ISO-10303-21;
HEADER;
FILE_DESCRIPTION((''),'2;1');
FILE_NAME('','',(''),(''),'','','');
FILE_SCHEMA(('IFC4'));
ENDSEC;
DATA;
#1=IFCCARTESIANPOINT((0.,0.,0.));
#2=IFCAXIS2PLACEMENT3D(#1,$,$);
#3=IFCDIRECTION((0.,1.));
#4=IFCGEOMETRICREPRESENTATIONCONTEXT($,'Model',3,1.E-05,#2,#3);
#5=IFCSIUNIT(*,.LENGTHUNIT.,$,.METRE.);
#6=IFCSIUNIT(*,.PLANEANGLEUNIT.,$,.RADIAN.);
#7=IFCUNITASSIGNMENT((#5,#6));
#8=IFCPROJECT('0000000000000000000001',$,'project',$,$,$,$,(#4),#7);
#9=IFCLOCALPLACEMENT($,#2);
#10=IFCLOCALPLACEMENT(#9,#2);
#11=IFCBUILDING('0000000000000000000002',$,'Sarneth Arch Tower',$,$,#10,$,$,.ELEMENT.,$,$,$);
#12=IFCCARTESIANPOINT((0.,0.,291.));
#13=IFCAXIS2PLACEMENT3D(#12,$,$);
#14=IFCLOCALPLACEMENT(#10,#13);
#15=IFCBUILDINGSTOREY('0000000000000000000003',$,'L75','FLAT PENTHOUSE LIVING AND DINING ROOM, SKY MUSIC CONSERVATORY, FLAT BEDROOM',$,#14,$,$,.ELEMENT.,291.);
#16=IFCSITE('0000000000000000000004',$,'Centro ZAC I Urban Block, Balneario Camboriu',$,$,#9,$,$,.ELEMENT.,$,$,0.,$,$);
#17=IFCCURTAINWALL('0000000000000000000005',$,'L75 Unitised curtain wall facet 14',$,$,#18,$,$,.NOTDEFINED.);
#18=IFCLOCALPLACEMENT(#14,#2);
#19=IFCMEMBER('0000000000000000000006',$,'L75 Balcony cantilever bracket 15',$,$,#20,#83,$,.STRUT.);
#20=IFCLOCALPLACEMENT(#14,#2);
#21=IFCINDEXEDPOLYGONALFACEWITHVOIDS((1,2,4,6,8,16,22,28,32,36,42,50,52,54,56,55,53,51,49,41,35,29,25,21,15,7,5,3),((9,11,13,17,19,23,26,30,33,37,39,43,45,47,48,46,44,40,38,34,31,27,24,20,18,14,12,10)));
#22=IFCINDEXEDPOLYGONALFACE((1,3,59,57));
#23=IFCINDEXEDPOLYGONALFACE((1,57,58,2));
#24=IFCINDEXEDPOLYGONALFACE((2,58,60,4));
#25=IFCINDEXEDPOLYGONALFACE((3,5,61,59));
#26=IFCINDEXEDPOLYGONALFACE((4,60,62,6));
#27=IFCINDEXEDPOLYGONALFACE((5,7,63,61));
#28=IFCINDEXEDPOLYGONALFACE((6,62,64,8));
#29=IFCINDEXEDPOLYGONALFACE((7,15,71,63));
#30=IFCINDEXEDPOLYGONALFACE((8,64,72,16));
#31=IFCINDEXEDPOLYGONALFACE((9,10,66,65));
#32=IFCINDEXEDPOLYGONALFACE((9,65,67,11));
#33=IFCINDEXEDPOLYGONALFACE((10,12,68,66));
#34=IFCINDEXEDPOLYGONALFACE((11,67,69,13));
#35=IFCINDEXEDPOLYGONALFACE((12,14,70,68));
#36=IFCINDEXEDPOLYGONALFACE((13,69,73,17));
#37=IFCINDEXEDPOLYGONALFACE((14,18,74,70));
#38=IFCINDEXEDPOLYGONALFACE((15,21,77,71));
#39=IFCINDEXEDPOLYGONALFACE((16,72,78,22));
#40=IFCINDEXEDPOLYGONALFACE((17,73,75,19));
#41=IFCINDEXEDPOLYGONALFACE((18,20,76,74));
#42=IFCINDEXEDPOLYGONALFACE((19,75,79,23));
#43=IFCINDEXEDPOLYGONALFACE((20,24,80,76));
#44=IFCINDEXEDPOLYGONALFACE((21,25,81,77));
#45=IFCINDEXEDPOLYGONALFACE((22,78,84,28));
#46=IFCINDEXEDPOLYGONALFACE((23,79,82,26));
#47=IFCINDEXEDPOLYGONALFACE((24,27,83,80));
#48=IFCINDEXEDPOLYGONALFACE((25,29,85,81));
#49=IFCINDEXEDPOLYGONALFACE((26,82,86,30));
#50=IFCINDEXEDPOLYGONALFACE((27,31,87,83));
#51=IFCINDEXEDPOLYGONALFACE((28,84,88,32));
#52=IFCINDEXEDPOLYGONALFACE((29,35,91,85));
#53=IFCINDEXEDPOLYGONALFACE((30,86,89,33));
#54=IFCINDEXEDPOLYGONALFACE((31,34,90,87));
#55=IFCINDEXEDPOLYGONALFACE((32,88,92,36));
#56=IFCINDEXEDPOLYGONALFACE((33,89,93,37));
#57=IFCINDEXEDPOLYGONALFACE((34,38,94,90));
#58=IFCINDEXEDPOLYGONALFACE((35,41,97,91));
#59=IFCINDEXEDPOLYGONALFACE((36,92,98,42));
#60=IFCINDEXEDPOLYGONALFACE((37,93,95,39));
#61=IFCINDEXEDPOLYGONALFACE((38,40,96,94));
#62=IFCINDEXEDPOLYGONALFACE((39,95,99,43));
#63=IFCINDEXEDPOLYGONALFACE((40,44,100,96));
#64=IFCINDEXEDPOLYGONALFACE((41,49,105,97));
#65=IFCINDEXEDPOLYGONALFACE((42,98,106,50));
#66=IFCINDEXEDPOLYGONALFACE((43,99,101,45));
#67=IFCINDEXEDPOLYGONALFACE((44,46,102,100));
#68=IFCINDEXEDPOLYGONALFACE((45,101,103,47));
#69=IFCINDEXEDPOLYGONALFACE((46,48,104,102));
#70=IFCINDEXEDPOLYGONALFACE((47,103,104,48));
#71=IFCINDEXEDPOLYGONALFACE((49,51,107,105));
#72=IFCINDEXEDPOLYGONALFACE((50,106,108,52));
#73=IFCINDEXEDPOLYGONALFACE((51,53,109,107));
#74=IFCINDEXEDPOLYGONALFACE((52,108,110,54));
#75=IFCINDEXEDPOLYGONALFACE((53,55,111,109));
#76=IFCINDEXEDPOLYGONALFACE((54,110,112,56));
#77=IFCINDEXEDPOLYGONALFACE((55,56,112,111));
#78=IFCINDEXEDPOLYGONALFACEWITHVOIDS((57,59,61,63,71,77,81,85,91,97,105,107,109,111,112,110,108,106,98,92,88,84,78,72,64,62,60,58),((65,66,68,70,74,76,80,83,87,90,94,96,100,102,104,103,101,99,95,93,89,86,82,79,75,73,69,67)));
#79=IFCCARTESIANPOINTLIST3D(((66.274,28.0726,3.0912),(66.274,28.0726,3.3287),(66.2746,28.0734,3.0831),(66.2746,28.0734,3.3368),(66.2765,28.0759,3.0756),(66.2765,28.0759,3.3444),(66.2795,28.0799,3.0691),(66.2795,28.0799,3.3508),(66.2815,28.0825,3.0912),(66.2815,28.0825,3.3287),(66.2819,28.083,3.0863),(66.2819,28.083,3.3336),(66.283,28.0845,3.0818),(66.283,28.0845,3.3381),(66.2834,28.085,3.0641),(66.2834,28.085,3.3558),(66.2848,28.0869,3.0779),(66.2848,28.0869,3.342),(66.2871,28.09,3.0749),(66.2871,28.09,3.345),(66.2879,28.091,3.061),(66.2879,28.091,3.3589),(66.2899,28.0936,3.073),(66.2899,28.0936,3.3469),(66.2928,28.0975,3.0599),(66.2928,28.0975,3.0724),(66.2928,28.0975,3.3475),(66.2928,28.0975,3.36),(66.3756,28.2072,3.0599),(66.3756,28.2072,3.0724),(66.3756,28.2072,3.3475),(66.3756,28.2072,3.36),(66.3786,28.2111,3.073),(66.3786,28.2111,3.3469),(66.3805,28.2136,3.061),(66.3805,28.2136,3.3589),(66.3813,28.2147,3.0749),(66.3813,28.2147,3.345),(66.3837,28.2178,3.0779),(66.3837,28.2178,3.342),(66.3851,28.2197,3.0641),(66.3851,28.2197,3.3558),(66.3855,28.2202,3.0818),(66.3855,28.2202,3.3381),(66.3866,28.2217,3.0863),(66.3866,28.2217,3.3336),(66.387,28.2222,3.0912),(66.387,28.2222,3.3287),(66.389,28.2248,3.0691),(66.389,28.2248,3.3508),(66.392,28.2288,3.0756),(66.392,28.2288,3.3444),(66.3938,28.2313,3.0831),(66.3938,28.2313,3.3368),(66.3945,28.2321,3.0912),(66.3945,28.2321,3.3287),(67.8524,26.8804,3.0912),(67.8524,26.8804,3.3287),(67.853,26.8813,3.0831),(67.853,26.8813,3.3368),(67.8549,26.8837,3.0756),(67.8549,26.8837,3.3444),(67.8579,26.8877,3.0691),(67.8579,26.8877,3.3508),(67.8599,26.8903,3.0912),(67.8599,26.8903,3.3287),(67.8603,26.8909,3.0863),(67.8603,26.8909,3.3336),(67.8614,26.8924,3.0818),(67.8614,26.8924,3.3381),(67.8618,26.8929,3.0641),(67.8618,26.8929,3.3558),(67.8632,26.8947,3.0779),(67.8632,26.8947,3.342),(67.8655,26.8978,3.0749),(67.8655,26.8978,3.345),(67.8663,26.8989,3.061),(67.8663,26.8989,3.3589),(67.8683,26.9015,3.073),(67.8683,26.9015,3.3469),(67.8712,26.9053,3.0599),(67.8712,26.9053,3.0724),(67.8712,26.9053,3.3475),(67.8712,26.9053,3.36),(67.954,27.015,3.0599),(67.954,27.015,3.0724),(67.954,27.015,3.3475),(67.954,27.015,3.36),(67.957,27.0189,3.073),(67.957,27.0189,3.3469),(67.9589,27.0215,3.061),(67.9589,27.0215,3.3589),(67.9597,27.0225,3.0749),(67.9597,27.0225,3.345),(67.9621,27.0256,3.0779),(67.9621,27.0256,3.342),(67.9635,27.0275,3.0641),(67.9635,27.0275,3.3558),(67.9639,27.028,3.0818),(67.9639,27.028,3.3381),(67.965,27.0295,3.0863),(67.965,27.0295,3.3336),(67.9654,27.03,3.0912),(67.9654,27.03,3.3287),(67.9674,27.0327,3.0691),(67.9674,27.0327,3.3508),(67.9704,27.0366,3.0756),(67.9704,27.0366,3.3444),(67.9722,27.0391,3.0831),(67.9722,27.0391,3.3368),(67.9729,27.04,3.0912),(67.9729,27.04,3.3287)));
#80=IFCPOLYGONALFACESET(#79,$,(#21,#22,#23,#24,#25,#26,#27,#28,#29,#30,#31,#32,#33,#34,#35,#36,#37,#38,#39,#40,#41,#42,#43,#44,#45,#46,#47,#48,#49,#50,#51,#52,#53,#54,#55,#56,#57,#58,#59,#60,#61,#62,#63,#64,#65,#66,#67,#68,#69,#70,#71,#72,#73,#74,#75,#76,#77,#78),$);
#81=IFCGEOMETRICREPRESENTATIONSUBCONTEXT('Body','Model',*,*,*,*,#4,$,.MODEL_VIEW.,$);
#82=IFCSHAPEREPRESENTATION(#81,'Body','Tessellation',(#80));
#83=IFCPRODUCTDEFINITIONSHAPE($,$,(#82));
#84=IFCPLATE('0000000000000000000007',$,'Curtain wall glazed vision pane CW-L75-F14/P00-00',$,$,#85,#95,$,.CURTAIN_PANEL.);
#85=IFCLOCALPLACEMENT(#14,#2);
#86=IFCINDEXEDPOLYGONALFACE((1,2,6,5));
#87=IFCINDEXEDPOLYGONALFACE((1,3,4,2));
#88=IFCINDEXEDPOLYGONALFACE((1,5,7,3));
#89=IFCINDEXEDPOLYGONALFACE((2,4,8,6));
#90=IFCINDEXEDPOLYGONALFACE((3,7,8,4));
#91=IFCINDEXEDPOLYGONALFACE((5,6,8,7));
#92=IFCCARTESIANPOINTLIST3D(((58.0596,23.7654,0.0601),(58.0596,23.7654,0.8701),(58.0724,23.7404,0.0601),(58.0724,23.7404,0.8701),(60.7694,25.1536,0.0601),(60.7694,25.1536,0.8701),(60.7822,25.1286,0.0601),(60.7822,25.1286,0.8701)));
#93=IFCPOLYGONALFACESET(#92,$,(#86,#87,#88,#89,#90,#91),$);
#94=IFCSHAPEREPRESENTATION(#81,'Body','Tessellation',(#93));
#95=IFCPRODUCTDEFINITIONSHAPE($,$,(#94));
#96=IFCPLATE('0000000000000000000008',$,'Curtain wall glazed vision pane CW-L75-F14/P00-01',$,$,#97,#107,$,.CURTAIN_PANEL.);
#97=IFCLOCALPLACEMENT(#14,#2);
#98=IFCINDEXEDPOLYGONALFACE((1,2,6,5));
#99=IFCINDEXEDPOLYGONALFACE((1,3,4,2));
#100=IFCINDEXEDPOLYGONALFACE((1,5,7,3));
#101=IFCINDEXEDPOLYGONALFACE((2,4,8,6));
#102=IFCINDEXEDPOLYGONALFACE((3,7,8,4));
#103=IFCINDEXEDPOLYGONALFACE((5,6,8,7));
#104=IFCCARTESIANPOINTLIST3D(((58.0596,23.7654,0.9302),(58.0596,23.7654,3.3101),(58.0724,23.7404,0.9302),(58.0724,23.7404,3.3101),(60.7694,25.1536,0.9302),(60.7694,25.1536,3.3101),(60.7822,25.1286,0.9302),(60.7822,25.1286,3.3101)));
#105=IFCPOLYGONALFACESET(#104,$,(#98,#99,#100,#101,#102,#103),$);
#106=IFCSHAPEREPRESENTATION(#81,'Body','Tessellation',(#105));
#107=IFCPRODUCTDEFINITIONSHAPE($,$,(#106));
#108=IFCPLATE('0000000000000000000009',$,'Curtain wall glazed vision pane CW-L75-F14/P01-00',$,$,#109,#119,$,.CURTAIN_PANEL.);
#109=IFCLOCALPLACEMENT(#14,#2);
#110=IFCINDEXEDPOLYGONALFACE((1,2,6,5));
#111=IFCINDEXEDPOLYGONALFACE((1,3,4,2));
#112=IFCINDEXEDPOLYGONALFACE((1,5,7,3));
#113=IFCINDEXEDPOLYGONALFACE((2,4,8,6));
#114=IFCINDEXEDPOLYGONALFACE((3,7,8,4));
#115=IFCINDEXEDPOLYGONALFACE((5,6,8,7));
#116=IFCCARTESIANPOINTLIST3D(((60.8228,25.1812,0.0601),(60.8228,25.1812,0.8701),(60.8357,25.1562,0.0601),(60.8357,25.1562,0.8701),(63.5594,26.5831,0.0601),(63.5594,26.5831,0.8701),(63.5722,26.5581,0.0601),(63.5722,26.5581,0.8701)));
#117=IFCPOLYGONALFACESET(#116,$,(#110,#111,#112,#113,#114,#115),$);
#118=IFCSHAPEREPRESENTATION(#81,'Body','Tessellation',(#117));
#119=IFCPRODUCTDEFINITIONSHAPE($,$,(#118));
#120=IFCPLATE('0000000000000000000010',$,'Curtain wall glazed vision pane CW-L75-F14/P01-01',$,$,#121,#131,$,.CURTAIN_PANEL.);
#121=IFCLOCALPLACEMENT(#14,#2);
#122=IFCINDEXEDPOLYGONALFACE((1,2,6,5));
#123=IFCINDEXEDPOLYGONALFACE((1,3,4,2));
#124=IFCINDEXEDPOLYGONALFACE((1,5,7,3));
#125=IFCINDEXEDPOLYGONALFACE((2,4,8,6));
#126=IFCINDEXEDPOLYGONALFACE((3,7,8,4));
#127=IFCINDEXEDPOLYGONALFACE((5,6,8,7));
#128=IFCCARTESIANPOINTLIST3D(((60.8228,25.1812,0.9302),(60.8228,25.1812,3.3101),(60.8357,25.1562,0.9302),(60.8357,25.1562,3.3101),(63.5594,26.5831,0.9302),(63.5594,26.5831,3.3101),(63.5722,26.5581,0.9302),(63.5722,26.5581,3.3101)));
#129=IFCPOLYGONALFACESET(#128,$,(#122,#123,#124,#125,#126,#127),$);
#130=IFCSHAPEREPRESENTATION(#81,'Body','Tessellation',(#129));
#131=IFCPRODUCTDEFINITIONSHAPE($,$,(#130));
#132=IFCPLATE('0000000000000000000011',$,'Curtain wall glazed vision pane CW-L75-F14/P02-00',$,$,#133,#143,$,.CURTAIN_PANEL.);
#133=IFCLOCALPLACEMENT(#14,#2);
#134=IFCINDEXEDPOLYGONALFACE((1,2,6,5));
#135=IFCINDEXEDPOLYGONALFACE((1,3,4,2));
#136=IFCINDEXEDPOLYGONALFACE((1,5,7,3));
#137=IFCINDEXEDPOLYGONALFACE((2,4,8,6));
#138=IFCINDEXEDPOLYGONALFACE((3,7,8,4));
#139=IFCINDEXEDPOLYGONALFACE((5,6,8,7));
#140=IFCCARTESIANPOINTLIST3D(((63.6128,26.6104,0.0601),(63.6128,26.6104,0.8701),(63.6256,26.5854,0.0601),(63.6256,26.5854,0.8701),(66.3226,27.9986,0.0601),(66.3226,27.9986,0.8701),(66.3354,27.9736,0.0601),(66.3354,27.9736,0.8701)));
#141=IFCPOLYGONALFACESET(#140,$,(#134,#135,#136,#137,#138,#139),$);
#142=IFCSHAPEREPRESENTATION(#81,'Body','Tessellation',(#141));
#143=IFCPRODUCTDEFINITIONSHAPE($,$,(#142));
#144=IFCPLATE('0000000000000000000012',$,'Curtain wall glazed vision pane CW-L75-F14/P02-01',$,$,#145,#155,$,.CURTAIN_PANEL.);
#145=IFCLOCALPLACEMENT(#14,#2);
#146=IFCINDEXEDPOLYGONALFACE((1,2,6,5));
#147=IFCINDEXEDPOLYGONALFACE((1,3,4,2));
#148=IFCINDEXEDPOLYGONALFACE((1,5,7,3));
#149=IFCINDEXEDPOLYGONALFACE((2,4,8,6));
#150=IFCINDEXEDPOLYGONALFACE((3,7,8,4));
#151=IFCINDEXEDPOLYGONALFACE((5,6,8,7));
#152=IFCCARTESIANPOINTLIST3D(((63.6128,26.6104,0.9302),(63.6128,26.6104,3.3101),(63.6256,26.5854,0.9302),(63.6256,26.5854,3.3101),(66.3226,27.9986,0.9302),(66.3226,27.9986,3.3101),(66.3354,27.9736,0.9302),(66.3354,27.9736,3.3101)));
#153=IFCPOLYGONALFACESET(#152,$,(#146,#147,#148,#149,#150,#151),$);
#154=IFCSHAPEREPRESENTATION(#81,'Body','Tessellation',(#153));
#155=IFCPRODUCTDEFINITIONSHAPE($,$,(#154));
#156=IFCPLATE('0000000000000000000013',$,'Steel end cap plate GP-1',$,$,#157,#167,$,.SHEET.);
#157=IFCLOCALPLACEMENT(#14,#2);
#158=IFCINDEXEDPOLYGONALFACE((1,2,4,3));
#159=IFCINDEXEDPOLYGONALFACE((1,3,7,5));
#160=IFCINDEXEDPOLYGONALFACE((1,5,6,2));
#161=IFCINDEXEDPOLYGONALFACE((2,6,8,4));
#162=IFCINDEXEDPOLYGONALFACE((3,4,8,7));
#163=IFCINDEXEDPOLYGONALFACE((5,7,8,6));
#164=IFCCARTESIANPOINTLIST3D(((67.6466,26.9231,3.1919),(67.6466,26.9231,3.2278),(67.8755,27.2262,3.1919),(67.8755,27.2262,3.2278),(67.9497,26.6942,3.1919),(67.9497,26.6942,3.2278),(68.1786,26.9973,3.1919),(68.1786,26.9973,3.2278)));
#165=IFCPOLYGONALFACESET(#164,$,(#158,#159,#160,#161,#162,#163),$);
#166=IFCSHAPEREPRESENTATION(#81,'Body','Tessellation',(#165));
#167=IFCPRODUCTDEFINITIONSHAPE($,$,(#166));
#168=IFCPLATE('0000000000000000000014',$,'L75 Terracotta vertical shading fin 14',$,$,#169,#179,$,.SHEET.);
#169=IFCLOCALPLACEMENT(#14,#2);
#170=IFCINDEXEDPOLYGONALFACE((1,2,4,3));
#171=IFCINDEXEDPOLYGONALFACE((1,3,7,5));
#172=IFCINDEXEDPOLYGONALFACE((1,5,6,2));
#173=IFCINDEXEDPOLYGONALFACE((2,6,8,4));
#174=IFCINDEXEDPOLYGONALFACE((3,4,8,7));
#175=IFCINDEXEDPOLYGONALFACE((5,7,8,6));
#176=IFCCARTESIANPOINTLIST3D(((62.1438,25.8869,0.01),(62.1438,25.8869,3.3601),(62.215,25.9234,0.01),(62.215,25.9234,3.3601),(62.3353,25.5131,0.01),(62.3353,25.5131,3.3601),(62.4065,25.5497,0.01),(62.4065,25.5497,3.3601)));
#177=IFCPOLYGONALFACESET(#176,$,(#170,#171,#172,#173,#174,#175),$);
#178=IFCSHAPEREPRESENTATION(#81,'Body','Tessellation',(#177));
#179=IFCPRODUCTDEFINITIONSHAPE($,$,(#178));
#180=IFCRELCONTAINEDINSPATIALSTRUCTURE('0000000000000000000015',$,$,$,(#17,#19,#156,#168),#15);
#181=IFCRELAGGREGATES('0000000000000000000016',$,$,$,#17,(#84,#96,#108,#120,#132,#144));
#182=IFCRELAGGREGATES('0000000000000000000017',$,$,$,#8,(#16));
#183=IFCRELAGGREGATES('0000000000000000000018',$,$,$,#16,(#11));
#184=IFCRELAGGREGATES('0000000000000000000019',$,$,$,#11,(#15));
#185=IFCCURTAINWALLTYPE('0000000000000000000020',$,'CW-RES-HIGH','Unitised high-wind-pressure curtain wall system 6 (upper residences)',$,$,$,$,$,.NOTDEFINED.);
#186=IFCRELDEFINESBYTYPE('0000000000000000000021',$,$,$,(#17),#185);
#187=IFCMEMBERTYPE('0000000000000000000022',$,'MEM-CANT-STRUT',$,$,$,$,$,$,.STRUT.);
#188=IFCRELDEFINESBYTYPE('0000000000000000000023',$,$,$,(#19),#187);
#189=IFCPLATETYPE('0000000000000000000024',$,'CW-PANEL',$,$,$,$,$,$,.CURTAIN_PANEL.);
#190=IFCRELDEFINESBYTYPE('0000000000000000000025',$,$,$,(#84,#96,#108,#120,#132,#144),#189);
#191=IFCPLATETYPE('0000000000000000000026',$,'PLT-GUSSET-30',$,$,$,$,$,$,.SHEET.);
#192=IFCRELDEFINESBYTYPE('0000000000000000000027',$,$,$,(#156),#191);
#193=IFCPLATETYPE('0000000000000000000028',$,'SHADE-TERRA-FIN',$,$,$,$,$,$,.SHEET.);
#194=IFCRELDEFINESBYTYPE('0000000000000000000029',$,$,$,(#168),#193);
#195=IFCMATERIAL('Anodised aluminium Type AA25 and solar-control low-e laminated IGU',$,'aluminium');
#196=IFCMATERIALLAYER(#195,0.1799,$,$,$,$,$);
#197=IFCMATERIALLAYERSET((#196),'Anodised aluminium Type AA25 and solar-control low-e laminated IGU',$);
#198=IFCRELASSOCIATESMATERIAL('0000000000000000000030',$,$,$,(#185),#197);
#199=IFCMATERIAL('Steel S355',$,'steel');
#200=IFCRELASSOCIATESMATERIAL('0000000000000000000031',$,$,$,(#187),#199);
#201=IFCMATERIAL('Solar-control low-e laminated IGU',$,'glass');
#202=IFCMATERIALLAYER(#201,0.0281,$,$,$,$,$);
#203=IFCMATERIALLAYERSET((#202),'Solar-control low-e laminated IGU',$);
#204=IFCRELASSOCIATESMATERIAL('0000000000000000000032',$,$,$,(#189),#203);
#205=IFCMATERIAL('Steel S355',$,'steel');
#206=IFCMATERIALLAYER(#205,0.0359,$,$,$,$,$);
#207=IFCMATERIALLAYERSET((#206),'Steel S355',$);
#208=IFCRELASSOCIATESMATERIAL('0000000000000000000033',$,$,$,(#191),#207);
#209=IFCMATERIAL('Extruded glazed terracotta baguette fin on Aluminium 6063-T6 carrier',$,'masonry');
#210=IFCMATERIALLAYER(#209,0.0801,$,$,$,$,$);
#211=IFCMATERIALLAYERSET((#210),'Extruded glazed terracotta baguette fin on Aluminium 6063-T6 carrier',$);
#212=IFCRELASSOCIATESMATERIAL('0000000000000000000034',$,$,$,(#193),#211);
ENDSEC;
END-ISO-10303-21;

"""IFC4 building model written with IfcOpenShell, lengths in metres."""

from ifc_helpers import new_model, si_unit, direction, frame, origin, origin_2d, place, context, subcontext, project, spatial, rectangle, hollow_rectangle, extrude, material, layer, layer_set, material_profile, profile_set, type_object, element, aggregate, save


model = new_model("IFC4")

# Units and contexts
model_context = context("Model", 3, precision=1e-05, world=origin(), true_north=direction((0.0, 1.0)))
body_context = subcontext(model_context, "Body", "Model", "MODEL_VIEW")
ifc_project = project(units=[si_unit("LENGTHUNIT", "METRE"), si_unit("PLANEANGLEUNIT", "RADIAN")], contexts=[model_context])

# Site, building, storey
site_placement = place(None, origin())
site = spatial("IfcSite", under=ifc_project, at=site_placement, Name="Centro ZAC I Urban Block, Balneario Camboriu", CompositionType="ELEMENT", RefElevation=0.0)
building_placement = place(site_placement, origin())
building = spatial("IfcBuilding", under=site, at=building_placement, Name="Sarneth Arch Tower", CompositionType="ELEMENT")
storey_placement = place(building_placement, frame((0.0, 0.0, 291.0)))
storey = spatial("IfcBuildingStorey", under=building, at=storey_placement, Name="L75", Description="FLAT PENTHOUSE LIVING AND DINING ROOM, SKY MUSIC CONSERVATORY, FLAT BEDROOM", CompositionType="ELEMENT", Elevation=291.0)

# Curtain wall
ifc_material_1 = material(Name="Anodised aluminium Type AA25 and solar-control low-e laminated IGU", Category="aluminium")
ifc_layer_1 = layer(ifc_material_1, 0.1799)
ifc_layer_set_1 = layer_set([ifc_layer_1], Name="Anodised aluminium Type AA25 and solar-control low-e laminated IGU")
curtain_wall_type = type_object("IfcCurtainWallType", Name="CW-RES-HIGH", Description="Unitised high-wind-pressure curtain wall system 6 (upper residences)", PredefinedType="NOTDEFINED", material=ifc_layer_set_1)
curtain_wall_placement = place(storey_placement, origin())
curtain_wall = element("IfcCurtainWall", 1, at=curtain_wall_placement, inside=storey, type_object=curtain_wall_type, Name="L75 Unitised curtain wall facet 14", PredefinedType="NOTDEFINED")

# Member
ifc_material_2 = material(Name="Steel S355", Category="steel")
ifc_material_profile_1 = material_profile(ifc_material_2, hollow_rectangle(XDim=0.2, YDim=0.3, WallThickness=0.0125, InnerFilletRadius=0.0188, OuterFilletRadius=0.0312, at=origin_2d()), Name="RHS300x200x12.5")
ifc_profile_set_1 = profile_set([ifc_material_profile_1], Name="Steel S355")
member_type_1 = type_object("IfcMemberType", Name="MEM-CANT-STRUT", PredefinedType="STRUT", material=ifc_profile_set_1)
member_1_placement = place(storey_placement, frame((66.3342, 28.1523, 3.21), z_axis=(0.797966, -0.602702, 0.0), x_axis=(0.602702, 0.797966, 0.0)))
element("IfcMember", 2, at=member_1_placement, inside=storey, type_object=member_type_1, Name="L75 Balcony cantilever bracket 15", PredefinedType="STRUT", context=body_context, shape_type="SweptSolid", body=[
    extrude(hollow_rectangle(XDim=0.2, YDim=0.3, WallThickness=0.0125, InnerFilletRadius=0.0188, OuterFilletRadius=0.0312, at=origin_2d()), origin(), (0.0, 0.0, 1.0), 1.978),
])

# Plates
ifc_material_3 = material(Name="Solar-control low-e laminated IGU", Category="glass")
ifc_layer_2 = layer(ifc_material_3, 0.0281)
ifc_layer_set_2 = layer_set([ifc_layer_2], Name="Solar-control low-e laminated IGU")
plate_type_1 = type_object("IfcPlateType", Name="CW-PANEL", PredefinedType="CURTAIN_PANEL", material=ifc_layer_set_2)
plate_1_placement = place(storey_placement, frame((59.4209, 24.447, 0.0601), z_axis=(0.0, 0.0, 1.0), x_axis=(0.89001, 0.455942, 0.0)))
plate_1 = element("IfcPlate", 3, at=plate_1_placement, type_object=plate_type_1, Name="Curtain wall glazed vision pane CW-L75-F14/P00-00", PredefinedType="CURTAIN_PANEL", context=body_context, shape_type="SweptSolid", body=[
    extrude(rectangle(XDim=3.0447, YDim=0.0281, at=origin_2d()), origin(), (0.0, 0.0, 1.0), 0.8101),
])
plate_2_placement = place(storey_placement, frame((59.4209, 24.447, 0.9302), z_axis=(0.0, 0.0, 1.0), x_axis=(0.89001, 0.455942, 0.0)))
plate_2 = element("IfcPlate", 4, at=plate_2_placement, type_object=plate_type_1, Name="Curtain wall glazed vision pane CW-L75-F14/P00-01", PredefinedType="CURTAIN_PANEL", context=body_context, shape_type="SweptSolid", body=[
    extrude(rectangle(XDim=3.0447, YDim=0.0281, at=origin_2d()), origin(), (0.0, 0.0, 1.0), 2.3799),
])
plate_3_placement = place(storey_placement, frame((62.1975, 25.8696, 0.0601), z_axis=(0.0, 0.0, 1.0), x_axis=(0.89001, 0.455942, 0.0)))
plate_3 = element("IfcPlate", 5, at=plate_3_placement, type_object=plate_type_1, Name="Curtain wall glazed vision pane CW-L75-F14/P01-00", PredefinedType="CURTAIN_PANEL", context=body_context, shape_type="SweptSolid", body=[
    extrude(rectangle(XDim=3.0747, YDim=0.0281, at=origin_2d()), origin(), (0.0, 0.0, 1.0), 0.8101),
])
plate_4_placement = place(storey_placement, frame((62.1975, 25.8696, 0.9302), z_axis=(0.0, 0.0, 1.0), x_axis=(0.89001, 0.455942, 0.0)))
plate_4 = element("IfcPlate", 6, at=plate_4_placement, type_object=plate_type_1, Name="Curtain wall glazed vision pane CW-L75-F14/P01-01", PredefinedType="CURTAIN_PANEL", context=body_context, shape_type="SweptSolid", body=[
    extrude(rectangle(XDim=3.0747, YDim=0.0281, at=origin_2d()), origin(), (0.0, 0.0, 1.0), 2.3799),
])
plate_5_placement = place(storey_placement, frame((64.9741, 27.292, 0.0601), z_axis=(0.0, 0.0, 1.0), x_axis=(0.89001, 0.455942, 0.0)))
plate_5 = element("IfcPlate", 7, at=plate_5_placement, type_object=plate_type_1, Name="Curtain wall glazed vision pane CW-L75-F14/P02-00", PredefinedType="CURTAIN_PANEL", context=body_context, shape_type="SweptSolid", body=[
    extrude(rectangle(XDim=3.0447, YDim=0.0281, at=origin_2d()), origin(), (0.0, 0.0, 1.0), 0.8101),
])
plate_6_placement = place(storey_placement, frame((64.9741, 27.292, 0.9302), z_axis=(0.0, 0.0, 1.0), x_axis=(0.89001, 0.455942, 0.0)))
plate_6 = element("IfcPlate", 8, at=plate_6_placement, type_object=plate_type_1, Name="Curtain wall glazed vision pane CW-L75-F14/P02-01", PredefinedType="CURTAIN_PANEL", context=body_context, shape_type="SweptSolid", body=[
    extrude(rectangle(XDim=3.0447, YDim=0.0281, at=origin_2d()), origin(), (0.0, 0.0, 1.0), 2.3799),
])
aggregate(curtain_wall, [plate_1, plate_2, plate_3, plate_4, plate_5, plate_6])

# Plates
ifc_material_4 = material(Name="Steel S355", Category="steel")
ifc_layer_3 = layer(ifc_material_4, 0.0359)
ifc_layer_set_3 = layer_set([ifc_layer_3], Name="Steel S355")
plate_type_2 = type_object("IfcPlateType", Name="PLT-GUSSET-30", PredefinedType="SHEET", material=ifc_layer_set_3)
plate_7_placement = place(storey_placement, frame((67.9126, 26.9602, 3.1919), z_axis=(0.0, 0.0, 1.0), x_axis=(0.798005, -0.602651, 0.0)))
element("IfcPlate", 9, at=plate_7_placement, inside=storey, type_object=plate_type_2, Name="Steel end cap plate GP-1", PredefinedType="SHEET", context=body_context, shape_type="SweptSolid", body=[
    extrude(rectangle(XDim=0.3799, YDim=0.3799, at=origin_2d()), origin(), (0.0, 0.0, 1.0), 0.0359),
])
ifc_material_5 = material(Name="Extruded glazed terracotta baguette fin on Aluminium 6063-T6 carrier", Category="masonry")
ifc_layer_4 = layer(ifc_material_5, 0.0801)
ifc_layer_set_4 = layer_set([ifc_layer_4], Name="Extruded glazed terracotta baguette fin on Aluminium 6063-T6 carrier")
plate_type_3 = type_object("IfcPlateType", Name="SHADE-TERRA-FIN", PredefinedType="SHEET", material=ifc_layer_set_4)
plate_8_placement = place(storey_placement, frame((62.2751, 25.7183, 0.01), z_axis=(0.0, 0.0, 1.0), x_axis=(0.456011, -0.889974, 0.0)))
element("IfcPlate", 10, at=plate_8_placement, inside=storey, type_object=plate_type_3, Name="L75 Terracotta vertical shading fin 14", PredefinedType="SHEET", context=body_context, shape_type="SweptSolid", body=[
    extrude(rectangle(XDim=0.4199, YDim=0.0801, at=origin_2d()), origin(), (0.0, 0.0, 1.0), 3.3501),
])

save(model, "model.ifc")
